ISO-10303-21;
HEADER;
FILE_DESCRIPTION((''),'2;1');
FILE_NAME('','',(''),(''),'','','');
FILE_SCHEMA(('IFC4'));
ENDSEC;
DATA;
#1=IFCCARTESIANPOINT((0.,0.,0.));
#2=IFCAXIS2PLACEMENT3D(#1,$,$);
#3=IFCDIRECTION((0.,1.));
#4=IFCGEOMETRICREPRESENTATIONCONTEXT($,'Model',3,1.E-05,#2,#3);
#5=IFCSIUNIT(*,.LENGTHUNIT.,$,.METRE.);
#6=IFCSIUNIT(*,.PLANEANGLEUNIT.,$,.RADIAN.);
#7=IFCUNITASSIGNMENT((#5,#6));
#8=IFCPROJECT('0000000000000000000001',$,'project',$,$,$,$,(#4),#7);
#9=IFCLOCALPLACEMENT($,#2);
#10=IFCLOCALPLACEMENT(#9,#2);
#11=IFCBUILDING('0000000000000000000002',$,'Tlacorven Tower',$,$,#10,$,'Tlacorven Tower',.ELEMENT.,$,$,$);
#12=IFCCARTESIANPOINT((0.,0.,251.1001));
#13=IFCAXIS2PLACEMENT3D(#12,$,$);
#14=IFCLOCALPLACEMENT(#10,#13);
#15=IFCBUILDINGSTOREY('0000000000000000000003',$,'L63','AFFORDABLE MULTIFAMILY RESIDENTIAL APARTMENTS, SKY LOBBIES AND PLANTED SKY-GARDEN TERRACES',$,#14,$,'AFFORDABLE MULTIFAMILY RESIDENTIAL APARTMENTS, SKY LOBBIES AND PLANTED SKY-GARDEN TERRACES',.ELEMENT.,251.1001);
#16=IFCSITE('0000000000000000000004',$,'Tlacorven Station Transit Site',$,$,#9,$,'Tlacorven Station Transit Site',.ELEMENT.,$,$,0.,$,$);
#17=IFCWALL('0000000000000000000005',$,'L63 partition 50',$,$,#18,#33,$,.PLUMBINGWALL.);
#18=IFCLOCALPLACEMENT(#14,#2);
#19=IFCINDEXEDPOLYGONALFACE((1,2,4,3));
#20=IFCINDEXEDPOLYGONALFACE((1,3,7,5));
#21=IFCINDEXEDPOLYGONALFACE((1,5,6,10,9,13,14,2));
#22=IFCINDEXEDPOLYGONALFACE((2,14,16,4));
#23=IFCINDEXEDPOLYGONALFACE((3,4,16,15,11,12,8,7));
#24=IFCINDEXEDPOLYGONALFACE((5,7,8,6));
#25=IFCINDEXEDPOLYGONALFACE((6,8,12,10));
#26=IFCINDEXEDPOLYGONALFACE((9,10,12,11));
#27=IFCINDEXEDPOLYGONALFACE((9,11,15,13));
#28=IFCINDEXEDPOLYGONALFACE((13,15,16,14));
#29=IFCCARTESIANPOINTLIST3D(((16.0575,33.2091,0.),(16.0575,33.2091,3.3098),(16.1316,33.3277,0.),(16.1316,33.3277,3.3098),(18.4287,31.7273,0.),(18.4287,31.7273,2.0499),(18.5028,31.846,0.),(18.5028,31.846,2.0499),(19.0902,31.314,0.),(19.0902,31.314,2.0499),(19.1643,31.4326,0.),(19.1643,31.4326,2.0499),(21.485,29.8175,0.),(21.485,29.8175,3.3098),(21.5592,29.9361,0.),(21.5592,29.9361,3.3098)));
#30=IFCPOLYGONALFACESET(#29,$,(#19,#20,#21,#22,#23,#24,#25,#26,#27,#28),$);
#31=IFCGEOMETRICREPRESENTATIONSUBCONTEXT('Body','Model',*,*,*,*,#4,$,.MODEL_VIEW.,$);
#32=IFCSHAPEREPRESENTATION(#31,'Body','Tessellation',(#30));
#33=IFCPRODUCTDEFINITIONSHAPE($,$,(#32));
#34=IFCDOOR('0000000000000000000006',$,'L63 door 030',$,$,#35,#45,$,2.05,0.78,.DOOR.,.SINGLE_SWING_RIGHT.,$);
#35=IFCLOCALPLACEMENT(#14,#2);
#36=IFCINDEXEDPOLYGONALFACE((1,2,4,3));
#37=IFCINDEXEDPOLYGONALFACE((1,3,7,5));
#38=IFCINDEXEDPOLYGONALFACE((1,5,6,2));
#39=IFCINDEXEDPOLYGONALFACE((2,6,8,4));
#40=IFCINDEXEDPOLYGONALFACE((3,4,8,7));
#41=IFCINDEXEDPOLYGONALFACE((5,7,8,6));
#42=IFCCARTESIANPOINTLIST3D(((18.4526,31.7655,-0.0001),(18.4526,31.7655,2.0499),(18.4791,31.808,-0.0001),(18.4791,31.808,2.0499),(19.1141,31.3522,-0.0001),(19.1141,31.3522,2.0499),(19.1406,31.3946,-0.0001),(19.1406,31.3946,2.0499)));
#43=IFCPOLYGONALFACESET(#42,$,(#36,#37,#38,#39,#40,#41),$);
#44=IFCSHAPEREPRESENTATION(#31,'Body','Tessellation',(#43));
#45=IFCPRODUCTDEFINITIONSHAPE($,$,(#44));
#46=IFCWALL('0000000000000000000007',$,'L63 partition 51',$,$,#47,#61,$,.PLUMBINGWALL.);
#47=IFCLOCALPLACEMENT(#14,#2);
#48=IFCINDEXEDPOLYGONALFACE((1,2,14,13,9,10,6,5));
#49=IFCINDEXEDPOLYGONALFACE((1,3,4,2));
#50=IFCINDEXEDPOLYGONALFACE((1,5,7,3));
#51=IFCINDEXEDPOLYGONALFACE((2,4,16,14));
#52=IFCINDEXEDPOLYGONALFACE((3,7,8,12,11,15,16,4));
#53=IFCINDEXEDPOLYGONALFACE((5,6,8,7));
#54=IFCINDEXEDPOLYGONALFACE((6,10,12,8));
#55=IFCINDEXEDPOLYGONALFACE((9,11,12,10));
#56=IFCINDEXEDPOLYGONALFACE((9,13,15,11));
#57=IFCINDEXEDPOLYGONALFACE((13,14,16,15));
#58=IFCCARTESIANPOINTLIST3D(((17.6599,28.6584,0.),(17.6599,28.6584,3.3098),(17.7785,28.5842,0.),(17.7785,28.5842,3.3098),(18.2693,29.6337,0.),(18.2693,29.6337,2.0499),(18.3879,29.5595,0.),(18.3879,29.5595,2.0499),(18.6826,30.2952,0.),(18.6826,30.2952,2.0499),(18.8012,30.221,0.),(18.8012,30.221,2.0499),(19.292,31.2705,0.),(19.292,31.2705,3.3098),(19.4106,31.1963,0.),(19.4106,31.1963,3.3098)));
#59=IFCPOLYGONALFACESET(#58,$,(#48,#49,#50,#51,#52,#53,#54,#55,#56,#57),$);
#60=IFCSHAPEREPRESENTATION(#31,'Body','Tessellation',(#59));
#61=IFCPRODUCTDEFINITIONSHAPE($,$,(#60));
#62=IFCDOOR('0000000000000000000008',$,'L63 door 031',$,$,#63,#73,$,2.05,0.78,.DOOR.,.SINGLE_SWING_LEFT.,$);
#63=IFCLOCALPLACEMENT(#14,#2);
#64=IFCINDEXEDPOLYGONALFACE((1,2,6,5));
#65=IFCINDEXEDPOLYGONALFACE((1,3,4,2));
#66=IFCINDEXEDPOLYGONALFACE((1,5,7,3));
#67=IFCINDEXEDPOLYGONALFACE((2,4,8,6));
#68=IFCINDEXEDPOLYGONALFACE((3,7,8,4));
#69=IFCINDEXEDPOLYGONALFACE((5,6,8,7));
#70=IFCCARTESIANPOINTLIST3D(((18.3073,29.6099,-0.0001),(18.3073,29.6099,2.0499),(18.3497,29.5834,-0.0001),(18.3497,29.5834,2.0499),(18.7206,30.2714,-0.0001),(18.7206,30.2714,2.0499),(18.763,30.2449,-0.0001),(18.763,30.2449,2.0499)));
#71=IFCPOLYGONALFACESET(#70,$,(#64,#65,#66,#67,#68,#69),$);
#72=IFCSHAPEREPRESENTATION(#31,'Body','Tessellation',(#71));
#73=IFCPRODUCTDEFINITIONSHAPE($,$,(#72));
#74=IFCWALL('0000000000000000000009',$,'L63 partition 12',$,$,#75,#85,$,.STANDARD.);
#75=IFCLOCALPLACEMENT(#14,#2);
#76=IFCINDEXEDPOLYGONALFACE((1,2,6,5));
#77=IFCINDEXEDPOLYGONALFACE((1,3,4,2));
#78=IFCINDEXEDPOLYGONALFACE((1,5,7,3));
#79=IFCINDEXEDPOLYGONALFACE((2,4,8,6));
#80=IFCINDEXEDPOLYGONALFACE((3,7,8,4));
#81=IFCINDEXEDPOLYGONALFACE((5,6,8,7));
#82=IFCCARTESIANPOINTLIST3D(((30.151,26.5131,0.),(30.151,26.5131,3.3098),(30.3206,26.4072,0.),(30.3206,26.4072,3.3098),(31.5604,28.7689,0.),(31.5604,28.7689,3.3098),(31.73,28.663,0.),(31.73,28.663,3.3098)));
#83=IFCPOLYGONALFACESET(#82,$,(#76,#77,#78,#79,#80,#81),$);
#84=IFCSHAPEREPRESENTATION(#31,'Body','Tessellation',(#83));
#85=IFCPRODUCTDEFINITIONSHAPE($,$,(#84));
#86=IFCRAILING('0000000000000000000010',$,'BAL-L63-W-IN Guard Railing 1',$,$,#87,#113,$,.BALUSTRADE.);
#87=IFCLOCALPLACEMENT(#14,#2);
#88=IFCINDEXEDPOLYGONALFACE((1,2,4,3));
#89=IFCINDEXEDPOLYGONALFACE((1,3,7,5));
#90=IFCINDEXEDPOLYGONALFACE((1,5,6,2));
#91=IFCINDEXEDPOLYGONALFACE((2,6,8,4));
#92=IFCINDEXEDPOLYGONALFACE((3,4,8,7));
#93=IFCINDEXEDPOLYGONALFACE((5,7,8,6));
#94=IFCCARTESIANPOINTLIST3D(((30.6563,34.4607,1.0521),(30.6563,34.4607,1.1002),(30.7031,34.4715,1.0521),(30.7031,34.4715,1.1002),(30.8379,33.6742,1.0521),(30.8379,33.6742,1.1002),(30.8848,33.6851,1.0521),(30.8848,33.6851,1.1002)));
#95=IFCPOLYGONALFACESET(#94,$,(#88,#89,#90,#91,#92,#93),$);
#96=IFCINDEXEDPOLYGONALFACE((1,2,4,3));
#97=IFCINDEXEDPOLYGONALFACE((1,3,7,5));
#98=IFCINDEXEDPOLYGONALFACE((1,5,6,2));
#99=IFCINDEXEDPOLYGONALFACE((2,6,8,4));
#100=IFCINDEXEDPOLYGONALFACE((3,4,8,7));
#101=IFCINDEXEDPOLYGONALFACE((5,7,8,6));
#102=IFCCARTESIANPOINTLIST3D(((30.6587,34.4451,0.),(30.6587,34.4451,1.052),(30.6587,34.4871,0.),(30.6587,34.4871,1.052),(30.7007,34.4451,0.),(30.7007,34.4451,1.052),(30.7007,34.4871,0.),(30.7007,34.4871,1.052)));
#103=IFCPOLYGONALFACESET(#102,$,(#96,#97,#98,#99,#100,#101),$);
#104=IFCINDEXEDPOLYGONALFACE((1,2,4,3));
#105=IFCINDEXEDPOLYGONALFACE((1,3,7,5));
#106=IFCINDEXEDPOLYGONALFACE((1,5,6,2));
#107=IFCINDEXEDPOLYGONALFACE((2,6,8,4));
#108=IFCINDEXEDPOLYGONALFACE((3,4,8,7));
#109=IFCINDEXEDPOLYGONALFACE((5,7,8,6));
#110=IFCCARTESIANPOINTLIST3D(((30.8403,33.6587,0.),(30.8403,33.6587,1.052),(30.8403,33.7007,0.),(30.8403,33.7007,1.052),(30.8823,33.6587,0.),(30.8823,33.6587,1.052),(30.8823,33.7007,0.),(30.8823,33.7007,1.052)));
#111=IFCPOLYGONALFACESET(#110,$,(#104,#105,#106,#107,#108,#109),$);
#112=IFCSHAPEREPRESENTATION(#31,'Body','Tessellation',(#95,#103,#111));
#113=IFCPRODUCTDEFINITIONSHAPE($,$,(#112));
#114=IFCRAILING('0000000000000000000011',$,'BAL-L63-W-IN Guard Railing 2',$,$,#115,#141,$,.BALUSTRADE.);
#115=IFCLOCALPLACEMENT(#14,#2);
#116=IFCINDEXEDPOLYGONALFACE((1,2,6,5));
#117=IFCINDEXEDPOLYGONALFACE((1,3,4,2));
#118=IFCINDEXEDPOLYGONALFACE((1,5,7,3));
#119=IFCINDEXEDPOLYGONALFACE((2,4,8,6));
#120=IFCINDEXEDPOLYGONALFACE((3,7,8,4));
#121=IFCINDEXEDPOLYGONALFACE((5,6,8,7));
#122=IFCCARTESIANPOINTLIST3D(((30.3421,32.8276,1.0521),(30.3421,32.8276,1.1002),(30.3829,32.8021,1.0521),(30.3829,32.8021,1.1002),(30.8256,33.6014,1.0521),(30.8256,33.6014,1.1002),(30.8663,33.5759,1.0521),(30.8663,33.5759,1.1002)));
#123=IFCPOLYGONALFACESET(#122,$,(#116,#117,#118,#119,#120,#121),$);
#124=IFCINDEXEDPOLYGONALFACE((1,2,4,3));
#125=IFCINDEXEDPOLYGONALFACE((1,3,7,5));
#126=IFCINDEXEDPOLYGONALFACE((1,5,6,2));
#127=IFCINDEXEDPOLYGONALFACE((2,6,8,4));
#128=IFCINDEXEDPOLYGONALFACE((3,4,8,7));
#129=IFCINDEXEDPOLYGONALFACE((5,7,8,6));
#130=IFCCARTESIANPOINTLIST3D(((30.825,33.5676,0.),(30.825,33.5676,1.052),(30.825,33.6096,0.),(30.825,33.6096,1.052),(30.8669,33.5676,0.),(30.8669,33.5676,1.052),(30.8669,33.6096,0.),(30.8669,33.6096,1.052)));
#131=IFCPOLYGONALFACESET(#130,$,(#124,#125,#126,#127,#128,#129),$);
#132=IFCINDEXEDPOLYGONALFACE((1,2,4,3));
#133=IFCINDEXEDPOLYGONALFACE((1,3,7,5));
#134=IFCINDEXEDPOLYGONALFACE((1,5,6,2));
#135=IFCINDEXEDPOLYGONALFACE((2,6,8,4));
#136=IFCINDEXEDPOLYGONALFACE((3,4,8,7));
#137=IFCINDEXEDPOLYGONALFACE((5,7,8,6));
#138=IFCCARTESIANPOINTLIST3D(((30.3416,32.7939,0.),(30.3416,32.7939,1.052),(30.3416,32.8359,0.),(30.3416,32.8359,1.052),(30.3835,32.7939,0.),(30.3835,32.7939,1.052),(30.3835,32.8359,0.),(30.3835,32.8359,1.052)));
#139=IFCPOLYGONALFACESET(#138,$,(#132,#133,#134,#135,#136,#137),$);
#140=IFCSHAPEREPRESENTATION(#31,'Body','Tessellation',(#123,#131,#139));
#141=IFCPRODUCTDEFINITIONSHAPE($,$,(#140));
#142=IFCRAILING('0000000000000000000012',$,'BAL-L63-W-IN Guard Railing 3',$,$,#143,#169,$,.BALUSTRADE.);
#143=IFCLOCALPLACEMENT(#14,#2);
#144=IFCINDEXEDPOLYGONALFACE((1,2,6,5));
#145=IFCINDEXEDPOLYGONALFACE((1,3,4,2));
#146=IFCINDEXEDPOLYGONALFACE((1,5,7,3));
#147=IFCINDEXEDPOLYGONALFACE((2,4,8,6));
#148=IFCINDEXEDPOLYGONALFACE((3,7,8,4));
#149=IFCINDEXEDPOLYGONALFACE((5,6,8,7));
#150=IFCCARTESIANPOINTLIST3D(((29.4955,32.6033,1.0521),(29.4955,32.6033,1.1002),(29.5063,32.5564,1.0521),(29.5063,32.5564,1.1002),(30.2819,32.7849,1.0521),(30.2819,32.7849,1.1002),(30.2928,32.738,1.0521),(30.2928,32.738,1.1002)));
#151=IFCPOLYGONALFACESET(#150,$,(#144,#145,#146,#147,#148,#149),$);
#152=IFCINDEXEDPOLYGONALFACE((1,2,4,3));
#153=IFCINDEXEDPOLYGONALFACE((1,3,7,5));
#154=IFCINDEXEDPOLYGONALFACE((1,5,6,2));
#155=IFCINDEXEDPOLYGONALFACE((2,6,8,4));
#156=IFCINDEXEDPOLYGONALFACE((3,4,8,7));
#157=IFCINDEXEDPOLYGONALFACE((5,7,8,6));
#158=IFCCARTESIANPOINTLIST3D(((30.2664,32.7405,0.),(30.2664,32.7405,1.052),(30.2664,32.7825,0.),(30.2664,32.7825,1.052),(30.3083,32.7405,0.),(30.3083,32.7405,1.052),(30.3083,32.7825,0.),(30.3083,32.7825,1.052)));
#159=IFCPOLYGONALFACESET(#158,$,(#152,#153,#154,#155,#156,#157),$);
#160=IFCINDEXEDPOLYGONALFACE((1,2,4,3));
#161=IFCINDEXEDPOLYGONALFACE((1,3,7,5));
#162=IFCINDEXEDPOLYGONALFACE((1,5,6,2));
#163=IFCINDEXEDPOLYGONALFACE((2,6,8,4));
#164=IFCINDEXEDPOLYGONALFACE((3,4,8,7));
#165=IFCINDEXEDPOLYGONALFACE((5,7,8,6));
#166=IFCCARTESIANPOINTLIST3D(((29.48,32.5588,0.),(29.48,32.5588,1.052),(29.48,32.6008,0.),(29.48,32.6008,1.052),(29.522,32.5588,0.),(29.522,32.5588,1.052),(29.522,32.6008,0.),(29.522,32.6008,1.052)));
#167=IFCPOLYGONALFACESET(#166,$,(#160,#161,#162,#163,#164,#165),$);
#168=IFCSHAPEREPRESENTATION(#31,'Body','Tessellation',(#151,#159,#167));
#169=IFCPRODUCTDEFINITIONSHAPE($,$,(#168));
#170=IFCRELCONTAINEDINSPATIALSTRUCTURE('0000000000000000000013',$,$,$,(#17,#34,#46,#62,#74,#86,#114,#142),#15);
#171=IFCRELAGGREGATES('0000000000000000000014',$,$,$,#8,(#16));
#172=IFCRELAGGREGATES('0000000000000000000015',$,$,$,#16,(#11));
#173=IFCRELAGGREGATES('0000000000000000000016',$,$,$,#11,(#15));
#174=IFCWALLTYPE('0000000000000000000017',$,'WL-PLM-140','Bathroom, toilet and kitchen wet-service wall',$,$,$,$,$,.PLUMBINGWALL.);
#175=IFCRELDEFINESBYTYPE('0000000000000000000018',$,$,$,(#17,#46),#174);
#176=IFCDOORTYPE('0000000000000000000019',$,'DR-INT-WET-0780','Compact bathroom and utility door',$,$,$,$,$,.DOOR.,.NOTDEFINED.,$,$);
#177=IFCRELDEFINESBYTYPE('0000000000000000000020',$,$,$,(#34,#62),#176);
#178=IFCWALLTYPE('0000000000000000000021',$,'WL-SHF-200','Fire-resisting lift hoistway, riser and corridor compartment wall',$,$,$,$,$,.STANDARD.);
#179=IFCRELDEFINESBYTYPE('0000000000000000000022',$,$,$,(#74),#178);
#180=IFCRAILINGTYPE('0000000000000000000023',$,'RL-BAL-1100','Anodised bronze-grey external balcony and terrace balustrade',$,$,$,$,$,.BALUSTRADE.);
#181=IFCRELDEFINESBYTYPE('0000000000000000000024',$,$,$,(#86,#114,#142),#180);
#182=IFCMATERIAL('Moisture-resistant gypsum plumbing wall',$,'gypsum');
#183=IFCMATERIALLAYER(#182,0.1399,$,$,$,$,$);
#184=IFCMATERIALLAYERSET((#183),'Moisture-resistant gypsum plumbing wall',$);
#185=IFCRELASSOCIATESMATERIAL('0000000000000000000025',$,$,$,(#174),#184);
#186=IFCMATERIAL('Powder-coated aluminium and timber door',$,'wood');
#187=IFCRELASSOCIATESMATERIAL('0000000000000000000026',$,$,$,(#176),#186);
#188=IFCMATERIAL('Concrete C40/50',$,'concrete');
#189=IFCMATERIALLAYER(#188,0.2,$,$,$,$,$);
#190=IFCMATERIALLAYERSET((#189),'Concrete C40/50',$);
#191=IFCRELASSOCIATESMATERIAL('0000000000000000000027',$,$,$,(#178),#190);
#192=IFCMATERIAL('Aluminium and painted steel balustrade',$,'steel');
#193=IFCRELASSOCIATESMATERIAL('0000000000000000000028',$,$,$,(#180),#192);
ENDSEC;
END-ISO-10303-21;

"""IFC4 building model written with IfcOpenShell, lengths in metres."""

from ifc_helpers import new_model, si_unit, direction, frame, frame_2d, origin, origin_2d, place, context, subcontext, project, spatial, rectangle, extrude, source, transform, mapped, material, layer, layer_set, type_object, element, fill, save


model = new_model("IFC4")

# Units and contexts
model_context = context("Model", 3, precision=1e-05, world=origin(), true_north=direction((0.0, 1.0)))
body_context = subcontext(model_context, "Body", "Model", "MODEL_VIEW")
ifc_project = project(units=[si_unit("LENGTHUNIT", "METRE"), si_unit("PLANEANGLEUNIT", "RADIAN")], contexts=[model_context])

# Site, building, storey
site_placement = place(None, origin())
site = spatial("IfcSite", under=ifc_project, at=site_placement, Name="Tlacorven Station Transit Site", LongName="Tlacorven Station Transit Site", CompositionType="ELEMENT", RefElevation=0.0)
building_placement = place(site_placement, origin())
building = spatial("IfcBuilding", under=site, at=building_placement, Name="Tlacorven Tower", LongName="Tlacorven Tower", CompositionType="ELEMENT")
storey_placement = place(building_placement, frame((0.0, 0.0, 251.1001)))
storey = spatial("IfcBuildingStorey", under=building, at=storey_placement, Name="L63", Description="AFFORDABLE MULTIFAMILY RESIDENTIAL APARTMENTS, SKY LOBBIES AND PLANTED SKY-GARDEN TERRACES", LongName="AFFORDABLE MULTIFAMILY RESIDENTIAL APARTMENTS, SKY LOBBIES AND PLANTED SKY-GARDEN TERRACES", CompositionType="ELEMENT", Elevation=251.1001)

# Walls, openings, doors
ifc_material_1 = material(Name="Powder-coated aluminium and timber door", Category="wood")
ifc_material_2 = material(Name="Moisture-resistant gypsum plumbing wall", Category="gypsum")
ifc_layer_1 = layer(ifc_material_2, 0.1399)
ifc_layer_set_1 = layer_set([ifc_layer_1], Name="Moisture-resistant gypsum plumbing wall")
wall_type_1 = type_object("IfcWallType", Name="WL-PLM-140", Description="Bathroom, toilet and kitchen wet-service wall", PredefinedType="PLUMBINGWALL", material=ifc_layer_set_1)
wall_1_placement = place(storey_placement, frame((21.5222, 29.8767, 0.0), z_axis=(0.0, 0.0, 1.0), x_axis=(-0.848039, 0.529934, 0.0)))
wall_1 = element("IfcWall", 1, at=wall_1_placement, inside=storey, type_object=wall_type_1, Name="L63 partition 50", PredefinedType="PLUMBINGWALL", context=body_context, shape_type="SweptSolid", body=[
    extrude(rectangle(XDim=6.4001, YDim=0.1399, at=frame_2d((3.2002, 0.0))), origin(), (0.0, 0.0, 1.0), 3.3098),
])
opening_1_placement = place(wall_1_placement, frame((2.824, 0.0, 0.0)))
opening_1 = element("IfcOpeningElement", 2, at=opening_1_placement, cuts=wall_1, PredefinedType="OPENING", context=body_context, shape_type="SweptSolid", body=[
    extrude(rectangle(XDim=0.78, YDim=2.05, at=frame_2d((0.3901, 1.0249))), frame((0.0, 0.0801, 0.0), z_axis=(0.0, -1.0, 0.0), x_axis=(1.0, 0.0, 0.0)), (0.0, 0.0, 1.0), 0.1599),
])
door_type_1 = type_object("IfcDoorType", Name="DR-INT-WET-0780", Description="Compact bathroom and utility door", OperationType="NOTDEFINED", PredefinedType="DOOR", material=ifc_material_1)
shared_shape_1 = source(origin(), body_context, "Body", "SweptSolid", [
    extrude(rectangle(XDim=0.78, YDim=2.05, at=frame_2d((0.3901, 1.0249))), frame((0.0, 0.0249, 0.0), z_axis=(0.0, -1.0, 0.0), x_axis=(1.0, 0.0, 0.0)), (0.0, 0.0, 1.0), 0.05),
])
door_1_placement = place(opening_1_placement, origin())
door_1 = element("IfcDoor", 3, at=door_1_placement, inside=storey, type_object=door_type_1, Name="L63 door 030", OperationType="SINGLE_SWING_RIGHT", OverallHeight=2.05, OverallWidth=0.78, PredefinedType="DOOR", context=body_context, shape_type="MappedRepresentation", body=[
    mapped(shared_shape_1, transform((0.0, 0.0, 0.0), scale=1.0)),
])
fill(opening_1, door_1)
wall_2_placement = place(storey_placement, frame((19.3513, 31.2334, 0.0), z_axis=(0.0, 0.0, 1.0), x_axis=(-0.529892, -0.848065, 0.0)))
wall_2 = element("IfcWall", 4, at=wall_2_placement, inside=storey, type_object=wall_type_1, Name="L63 partition 51", PredefinedType="PLUMBINGWALL", context=body_context, shape_type="SweptSolid", body=[
    extrude(rectangle(XDim=3.0801, YDim=0.1399, at=frame_2d((1.54, 0.0))), origin(), (0.0, 0.0, 1.0), 3.3098),
])
opening_2_placement = place(wall_2_placement, frame((1.1499, 0.0, 0.0)))
opening_2 = element("IfcOpeningElement", 5, at=opening_2_placement, cuts=wall_2, PredefinedType="OPENING", context=body_context, shape_type="SweptSolid", body=[
    extrude(rectangle(XDim=0.78, YDim=2.05, at=frame_2d((0.3901, 1.0249))), frame((0.0, 0.0801, 0.0), z_axis=(0.0, -1.0, 0.0), x_axis=(1.0, 0.0, 0.0)), (0.0, 0.0, 1.0), 0.1599),
])
door_2_placement = place(opening_2_placement, origin())
door_2 = element("IfcDoor", 6, at=door_2_placement, inside=storey, type_object=door_type_1, Name="L63 door 031", OperationType="SINGLE_SWING_LEFT", OverallHeight=2.05, OverallWidth=0.78, PredefinedType="DOOR", context=body_context, shape_type="MappedRepresentation", body=[
    mapped(shared_shape_1, transform((0.0, 0.0, 0.0), scale=1.0)),
])
fill(opening_2, door_2)

# Wall
ifc_material_3 = material(Name="Concrete C40/50", Category="concrete")
ifc_layer_2 = layer(ifc_material_3, 0.2)
ifc_layer_set_2 = layer_set([ifc_layer_2], Name="Concrete C40/50")
wall_type_2 = type_object("IfcWallType", Name="WL-SHF-200", Description="Fire-resisting lift hoistway, riser and corridor compartment wall", PredefinedType="STANDARD", material=ifc_layer_set_2)
wall_3_placement = place(storey_placement, frame((31.6453, 28.7161, 0.0), z_axis=(0.0, 0.0, 1.0), x_axis=(-0.529867, -0.848081, 0.0)))
element("IfcWall", 7, at=wall_3_placement, inside=storey, type_object=wall_type_2, Name="L63 partition 12", PredefinedType="STANDARD", context=body_context, shape_type="SweptSolid", body=[
    extrude(rectangle(XDim=2.6599, YDim=0.2, at=frame_2d((1.3301, 0.0))), origin(), (0.0, 0.0, 1.0), 3.3098),
])

# Railings
ifc_material_4 = material(Name="Aluminium and painted steel balustrade", Category="steel")
railing_type = type_object("IfcRailingType", Name="RL-BAL-1100", Description="Anodised bronze-grey external balcony and terrace balustrade", PredefinedType="BALUSTRADE", material=ifc_material_4)
shared_shape_2 = source(origin(), body_context, "Body", "SweptSolid", [
    extrude(rectangle(XDim=0.0481, YDim=0.0481, at=origin_2d()), frame((0.0, 0.0, 1.0762), z_axis=(0.225058, -0.974345, 0.0), x_axis=(0.974345, 0.225058, 0.0)), (0.0, 0.0, 1.0), 0.8071),
    extrude(rectangle(XDim=0.042, YDim=0.042, at=origin_2d()), origin(), (0.0, 0.0, 1.0), 1.052),
    extrude(rectangle(XDim=0.042, YDim=0.042, at=origin_2d()), frame((0.1816, -0.7864, 0.0)), (0.0, 0.0, 1.0), 1.052),
])
railing_1_placement = place(storey_placement, frame((30.6797, 34.4661, 0.0)))
element("IfcRailing", 8, at=railing_1_placement, inside=storey, type_object=railing_type, Name="BAL-L63-W-IN Guard Railing 1", PredefinedType="BALUSTRADE", context=body_context, shape_type="MappedRepresentation", body=[
    mapped(shared_shape_2, transform((0.0, 0.0, 0.0), scale=1.0)),
])
shared_shape_3 = source(origin(), body_context, "Body", "SweptSolid", [
    extrude(rectangle(XDim=0.0481, YDim=0.0481, at=origin_2d()), frame((0.0, 0.0, 1.0762), z_axis=(-0.529879, -0.848073, 0.0), x_axis=(0.848073, -0.529879, 0.0)), (0.0, 0.0, 1.0), 0.9124),
    extrude(rectangle(XDim=0.042, YDim=0.042, at=origin_2d()), origin(), (0.0, 0.0, 1.0), 1.052),
    extrude(rectangle(XDim=0.042, YDim=0.042, at=origin_2d()), frame((-0.4834, -0.7737, 0.0)), (0.0, 0.0, 1.0), 1.052),
])
railing_2_placement = place(storey_placement, frame((30.8459, 33.5886, 0.0)))
element("IfcRailing", 9, at=railing_2_placement, inside=storey, type_object=railing_type, Name="BAL-L63-W-IN Guard Railing 2", PredefinedType="BALUSTRADE", context=body_context, shape_type="MappedRepresentation", body=[
    mapped(shared_shape_3, transform((0.0, 0.0, 0.0), scale=1.0)),
])
shared_shape_4 = source(origin(), body_context, "Body", "SweptSolid", [
    extrude(rectangle(XDim=0.0481, YDim=0.0481, at=origin_2d()), frame((0.0, 0.0, 1.0762), z_axis=(-0.974345, -0.225058, 0.0), x_axis=(0.225058, -0.974345, 0.0)), (0.0, 0.0, 1.0), 0.8071),
    extrude(rectangle(XDim=0.042, YDim=0.042, at=origin_2d()), origin(), (0.0, 0.0, 1.0), 1.052),
    extrude(rectangle(XDim=0.042, YDim=0.042, at=origin_2d()), frame((-0.7864, -0.1816, 0.0)), (0.0, 0.0, 1.0), 1.052),
])
railing_3_placement = place(storey_placement, frame((30.2874, 32.7615, 0.0)))
element("IfcRailing", 10, at=railing_3_placement, inside=storey, type_object=railing_type, Name="BAL-L63-W-IN Guard Railing 3", PredefinedType="BALUSTRADE", context=body_context, shape_type="MappedRepresentation", body=[
    mapped(shared_shape_4, transform((0.0, 0.0, 0.0), scale=1.0)),
])

save(model, "model.ifc")
